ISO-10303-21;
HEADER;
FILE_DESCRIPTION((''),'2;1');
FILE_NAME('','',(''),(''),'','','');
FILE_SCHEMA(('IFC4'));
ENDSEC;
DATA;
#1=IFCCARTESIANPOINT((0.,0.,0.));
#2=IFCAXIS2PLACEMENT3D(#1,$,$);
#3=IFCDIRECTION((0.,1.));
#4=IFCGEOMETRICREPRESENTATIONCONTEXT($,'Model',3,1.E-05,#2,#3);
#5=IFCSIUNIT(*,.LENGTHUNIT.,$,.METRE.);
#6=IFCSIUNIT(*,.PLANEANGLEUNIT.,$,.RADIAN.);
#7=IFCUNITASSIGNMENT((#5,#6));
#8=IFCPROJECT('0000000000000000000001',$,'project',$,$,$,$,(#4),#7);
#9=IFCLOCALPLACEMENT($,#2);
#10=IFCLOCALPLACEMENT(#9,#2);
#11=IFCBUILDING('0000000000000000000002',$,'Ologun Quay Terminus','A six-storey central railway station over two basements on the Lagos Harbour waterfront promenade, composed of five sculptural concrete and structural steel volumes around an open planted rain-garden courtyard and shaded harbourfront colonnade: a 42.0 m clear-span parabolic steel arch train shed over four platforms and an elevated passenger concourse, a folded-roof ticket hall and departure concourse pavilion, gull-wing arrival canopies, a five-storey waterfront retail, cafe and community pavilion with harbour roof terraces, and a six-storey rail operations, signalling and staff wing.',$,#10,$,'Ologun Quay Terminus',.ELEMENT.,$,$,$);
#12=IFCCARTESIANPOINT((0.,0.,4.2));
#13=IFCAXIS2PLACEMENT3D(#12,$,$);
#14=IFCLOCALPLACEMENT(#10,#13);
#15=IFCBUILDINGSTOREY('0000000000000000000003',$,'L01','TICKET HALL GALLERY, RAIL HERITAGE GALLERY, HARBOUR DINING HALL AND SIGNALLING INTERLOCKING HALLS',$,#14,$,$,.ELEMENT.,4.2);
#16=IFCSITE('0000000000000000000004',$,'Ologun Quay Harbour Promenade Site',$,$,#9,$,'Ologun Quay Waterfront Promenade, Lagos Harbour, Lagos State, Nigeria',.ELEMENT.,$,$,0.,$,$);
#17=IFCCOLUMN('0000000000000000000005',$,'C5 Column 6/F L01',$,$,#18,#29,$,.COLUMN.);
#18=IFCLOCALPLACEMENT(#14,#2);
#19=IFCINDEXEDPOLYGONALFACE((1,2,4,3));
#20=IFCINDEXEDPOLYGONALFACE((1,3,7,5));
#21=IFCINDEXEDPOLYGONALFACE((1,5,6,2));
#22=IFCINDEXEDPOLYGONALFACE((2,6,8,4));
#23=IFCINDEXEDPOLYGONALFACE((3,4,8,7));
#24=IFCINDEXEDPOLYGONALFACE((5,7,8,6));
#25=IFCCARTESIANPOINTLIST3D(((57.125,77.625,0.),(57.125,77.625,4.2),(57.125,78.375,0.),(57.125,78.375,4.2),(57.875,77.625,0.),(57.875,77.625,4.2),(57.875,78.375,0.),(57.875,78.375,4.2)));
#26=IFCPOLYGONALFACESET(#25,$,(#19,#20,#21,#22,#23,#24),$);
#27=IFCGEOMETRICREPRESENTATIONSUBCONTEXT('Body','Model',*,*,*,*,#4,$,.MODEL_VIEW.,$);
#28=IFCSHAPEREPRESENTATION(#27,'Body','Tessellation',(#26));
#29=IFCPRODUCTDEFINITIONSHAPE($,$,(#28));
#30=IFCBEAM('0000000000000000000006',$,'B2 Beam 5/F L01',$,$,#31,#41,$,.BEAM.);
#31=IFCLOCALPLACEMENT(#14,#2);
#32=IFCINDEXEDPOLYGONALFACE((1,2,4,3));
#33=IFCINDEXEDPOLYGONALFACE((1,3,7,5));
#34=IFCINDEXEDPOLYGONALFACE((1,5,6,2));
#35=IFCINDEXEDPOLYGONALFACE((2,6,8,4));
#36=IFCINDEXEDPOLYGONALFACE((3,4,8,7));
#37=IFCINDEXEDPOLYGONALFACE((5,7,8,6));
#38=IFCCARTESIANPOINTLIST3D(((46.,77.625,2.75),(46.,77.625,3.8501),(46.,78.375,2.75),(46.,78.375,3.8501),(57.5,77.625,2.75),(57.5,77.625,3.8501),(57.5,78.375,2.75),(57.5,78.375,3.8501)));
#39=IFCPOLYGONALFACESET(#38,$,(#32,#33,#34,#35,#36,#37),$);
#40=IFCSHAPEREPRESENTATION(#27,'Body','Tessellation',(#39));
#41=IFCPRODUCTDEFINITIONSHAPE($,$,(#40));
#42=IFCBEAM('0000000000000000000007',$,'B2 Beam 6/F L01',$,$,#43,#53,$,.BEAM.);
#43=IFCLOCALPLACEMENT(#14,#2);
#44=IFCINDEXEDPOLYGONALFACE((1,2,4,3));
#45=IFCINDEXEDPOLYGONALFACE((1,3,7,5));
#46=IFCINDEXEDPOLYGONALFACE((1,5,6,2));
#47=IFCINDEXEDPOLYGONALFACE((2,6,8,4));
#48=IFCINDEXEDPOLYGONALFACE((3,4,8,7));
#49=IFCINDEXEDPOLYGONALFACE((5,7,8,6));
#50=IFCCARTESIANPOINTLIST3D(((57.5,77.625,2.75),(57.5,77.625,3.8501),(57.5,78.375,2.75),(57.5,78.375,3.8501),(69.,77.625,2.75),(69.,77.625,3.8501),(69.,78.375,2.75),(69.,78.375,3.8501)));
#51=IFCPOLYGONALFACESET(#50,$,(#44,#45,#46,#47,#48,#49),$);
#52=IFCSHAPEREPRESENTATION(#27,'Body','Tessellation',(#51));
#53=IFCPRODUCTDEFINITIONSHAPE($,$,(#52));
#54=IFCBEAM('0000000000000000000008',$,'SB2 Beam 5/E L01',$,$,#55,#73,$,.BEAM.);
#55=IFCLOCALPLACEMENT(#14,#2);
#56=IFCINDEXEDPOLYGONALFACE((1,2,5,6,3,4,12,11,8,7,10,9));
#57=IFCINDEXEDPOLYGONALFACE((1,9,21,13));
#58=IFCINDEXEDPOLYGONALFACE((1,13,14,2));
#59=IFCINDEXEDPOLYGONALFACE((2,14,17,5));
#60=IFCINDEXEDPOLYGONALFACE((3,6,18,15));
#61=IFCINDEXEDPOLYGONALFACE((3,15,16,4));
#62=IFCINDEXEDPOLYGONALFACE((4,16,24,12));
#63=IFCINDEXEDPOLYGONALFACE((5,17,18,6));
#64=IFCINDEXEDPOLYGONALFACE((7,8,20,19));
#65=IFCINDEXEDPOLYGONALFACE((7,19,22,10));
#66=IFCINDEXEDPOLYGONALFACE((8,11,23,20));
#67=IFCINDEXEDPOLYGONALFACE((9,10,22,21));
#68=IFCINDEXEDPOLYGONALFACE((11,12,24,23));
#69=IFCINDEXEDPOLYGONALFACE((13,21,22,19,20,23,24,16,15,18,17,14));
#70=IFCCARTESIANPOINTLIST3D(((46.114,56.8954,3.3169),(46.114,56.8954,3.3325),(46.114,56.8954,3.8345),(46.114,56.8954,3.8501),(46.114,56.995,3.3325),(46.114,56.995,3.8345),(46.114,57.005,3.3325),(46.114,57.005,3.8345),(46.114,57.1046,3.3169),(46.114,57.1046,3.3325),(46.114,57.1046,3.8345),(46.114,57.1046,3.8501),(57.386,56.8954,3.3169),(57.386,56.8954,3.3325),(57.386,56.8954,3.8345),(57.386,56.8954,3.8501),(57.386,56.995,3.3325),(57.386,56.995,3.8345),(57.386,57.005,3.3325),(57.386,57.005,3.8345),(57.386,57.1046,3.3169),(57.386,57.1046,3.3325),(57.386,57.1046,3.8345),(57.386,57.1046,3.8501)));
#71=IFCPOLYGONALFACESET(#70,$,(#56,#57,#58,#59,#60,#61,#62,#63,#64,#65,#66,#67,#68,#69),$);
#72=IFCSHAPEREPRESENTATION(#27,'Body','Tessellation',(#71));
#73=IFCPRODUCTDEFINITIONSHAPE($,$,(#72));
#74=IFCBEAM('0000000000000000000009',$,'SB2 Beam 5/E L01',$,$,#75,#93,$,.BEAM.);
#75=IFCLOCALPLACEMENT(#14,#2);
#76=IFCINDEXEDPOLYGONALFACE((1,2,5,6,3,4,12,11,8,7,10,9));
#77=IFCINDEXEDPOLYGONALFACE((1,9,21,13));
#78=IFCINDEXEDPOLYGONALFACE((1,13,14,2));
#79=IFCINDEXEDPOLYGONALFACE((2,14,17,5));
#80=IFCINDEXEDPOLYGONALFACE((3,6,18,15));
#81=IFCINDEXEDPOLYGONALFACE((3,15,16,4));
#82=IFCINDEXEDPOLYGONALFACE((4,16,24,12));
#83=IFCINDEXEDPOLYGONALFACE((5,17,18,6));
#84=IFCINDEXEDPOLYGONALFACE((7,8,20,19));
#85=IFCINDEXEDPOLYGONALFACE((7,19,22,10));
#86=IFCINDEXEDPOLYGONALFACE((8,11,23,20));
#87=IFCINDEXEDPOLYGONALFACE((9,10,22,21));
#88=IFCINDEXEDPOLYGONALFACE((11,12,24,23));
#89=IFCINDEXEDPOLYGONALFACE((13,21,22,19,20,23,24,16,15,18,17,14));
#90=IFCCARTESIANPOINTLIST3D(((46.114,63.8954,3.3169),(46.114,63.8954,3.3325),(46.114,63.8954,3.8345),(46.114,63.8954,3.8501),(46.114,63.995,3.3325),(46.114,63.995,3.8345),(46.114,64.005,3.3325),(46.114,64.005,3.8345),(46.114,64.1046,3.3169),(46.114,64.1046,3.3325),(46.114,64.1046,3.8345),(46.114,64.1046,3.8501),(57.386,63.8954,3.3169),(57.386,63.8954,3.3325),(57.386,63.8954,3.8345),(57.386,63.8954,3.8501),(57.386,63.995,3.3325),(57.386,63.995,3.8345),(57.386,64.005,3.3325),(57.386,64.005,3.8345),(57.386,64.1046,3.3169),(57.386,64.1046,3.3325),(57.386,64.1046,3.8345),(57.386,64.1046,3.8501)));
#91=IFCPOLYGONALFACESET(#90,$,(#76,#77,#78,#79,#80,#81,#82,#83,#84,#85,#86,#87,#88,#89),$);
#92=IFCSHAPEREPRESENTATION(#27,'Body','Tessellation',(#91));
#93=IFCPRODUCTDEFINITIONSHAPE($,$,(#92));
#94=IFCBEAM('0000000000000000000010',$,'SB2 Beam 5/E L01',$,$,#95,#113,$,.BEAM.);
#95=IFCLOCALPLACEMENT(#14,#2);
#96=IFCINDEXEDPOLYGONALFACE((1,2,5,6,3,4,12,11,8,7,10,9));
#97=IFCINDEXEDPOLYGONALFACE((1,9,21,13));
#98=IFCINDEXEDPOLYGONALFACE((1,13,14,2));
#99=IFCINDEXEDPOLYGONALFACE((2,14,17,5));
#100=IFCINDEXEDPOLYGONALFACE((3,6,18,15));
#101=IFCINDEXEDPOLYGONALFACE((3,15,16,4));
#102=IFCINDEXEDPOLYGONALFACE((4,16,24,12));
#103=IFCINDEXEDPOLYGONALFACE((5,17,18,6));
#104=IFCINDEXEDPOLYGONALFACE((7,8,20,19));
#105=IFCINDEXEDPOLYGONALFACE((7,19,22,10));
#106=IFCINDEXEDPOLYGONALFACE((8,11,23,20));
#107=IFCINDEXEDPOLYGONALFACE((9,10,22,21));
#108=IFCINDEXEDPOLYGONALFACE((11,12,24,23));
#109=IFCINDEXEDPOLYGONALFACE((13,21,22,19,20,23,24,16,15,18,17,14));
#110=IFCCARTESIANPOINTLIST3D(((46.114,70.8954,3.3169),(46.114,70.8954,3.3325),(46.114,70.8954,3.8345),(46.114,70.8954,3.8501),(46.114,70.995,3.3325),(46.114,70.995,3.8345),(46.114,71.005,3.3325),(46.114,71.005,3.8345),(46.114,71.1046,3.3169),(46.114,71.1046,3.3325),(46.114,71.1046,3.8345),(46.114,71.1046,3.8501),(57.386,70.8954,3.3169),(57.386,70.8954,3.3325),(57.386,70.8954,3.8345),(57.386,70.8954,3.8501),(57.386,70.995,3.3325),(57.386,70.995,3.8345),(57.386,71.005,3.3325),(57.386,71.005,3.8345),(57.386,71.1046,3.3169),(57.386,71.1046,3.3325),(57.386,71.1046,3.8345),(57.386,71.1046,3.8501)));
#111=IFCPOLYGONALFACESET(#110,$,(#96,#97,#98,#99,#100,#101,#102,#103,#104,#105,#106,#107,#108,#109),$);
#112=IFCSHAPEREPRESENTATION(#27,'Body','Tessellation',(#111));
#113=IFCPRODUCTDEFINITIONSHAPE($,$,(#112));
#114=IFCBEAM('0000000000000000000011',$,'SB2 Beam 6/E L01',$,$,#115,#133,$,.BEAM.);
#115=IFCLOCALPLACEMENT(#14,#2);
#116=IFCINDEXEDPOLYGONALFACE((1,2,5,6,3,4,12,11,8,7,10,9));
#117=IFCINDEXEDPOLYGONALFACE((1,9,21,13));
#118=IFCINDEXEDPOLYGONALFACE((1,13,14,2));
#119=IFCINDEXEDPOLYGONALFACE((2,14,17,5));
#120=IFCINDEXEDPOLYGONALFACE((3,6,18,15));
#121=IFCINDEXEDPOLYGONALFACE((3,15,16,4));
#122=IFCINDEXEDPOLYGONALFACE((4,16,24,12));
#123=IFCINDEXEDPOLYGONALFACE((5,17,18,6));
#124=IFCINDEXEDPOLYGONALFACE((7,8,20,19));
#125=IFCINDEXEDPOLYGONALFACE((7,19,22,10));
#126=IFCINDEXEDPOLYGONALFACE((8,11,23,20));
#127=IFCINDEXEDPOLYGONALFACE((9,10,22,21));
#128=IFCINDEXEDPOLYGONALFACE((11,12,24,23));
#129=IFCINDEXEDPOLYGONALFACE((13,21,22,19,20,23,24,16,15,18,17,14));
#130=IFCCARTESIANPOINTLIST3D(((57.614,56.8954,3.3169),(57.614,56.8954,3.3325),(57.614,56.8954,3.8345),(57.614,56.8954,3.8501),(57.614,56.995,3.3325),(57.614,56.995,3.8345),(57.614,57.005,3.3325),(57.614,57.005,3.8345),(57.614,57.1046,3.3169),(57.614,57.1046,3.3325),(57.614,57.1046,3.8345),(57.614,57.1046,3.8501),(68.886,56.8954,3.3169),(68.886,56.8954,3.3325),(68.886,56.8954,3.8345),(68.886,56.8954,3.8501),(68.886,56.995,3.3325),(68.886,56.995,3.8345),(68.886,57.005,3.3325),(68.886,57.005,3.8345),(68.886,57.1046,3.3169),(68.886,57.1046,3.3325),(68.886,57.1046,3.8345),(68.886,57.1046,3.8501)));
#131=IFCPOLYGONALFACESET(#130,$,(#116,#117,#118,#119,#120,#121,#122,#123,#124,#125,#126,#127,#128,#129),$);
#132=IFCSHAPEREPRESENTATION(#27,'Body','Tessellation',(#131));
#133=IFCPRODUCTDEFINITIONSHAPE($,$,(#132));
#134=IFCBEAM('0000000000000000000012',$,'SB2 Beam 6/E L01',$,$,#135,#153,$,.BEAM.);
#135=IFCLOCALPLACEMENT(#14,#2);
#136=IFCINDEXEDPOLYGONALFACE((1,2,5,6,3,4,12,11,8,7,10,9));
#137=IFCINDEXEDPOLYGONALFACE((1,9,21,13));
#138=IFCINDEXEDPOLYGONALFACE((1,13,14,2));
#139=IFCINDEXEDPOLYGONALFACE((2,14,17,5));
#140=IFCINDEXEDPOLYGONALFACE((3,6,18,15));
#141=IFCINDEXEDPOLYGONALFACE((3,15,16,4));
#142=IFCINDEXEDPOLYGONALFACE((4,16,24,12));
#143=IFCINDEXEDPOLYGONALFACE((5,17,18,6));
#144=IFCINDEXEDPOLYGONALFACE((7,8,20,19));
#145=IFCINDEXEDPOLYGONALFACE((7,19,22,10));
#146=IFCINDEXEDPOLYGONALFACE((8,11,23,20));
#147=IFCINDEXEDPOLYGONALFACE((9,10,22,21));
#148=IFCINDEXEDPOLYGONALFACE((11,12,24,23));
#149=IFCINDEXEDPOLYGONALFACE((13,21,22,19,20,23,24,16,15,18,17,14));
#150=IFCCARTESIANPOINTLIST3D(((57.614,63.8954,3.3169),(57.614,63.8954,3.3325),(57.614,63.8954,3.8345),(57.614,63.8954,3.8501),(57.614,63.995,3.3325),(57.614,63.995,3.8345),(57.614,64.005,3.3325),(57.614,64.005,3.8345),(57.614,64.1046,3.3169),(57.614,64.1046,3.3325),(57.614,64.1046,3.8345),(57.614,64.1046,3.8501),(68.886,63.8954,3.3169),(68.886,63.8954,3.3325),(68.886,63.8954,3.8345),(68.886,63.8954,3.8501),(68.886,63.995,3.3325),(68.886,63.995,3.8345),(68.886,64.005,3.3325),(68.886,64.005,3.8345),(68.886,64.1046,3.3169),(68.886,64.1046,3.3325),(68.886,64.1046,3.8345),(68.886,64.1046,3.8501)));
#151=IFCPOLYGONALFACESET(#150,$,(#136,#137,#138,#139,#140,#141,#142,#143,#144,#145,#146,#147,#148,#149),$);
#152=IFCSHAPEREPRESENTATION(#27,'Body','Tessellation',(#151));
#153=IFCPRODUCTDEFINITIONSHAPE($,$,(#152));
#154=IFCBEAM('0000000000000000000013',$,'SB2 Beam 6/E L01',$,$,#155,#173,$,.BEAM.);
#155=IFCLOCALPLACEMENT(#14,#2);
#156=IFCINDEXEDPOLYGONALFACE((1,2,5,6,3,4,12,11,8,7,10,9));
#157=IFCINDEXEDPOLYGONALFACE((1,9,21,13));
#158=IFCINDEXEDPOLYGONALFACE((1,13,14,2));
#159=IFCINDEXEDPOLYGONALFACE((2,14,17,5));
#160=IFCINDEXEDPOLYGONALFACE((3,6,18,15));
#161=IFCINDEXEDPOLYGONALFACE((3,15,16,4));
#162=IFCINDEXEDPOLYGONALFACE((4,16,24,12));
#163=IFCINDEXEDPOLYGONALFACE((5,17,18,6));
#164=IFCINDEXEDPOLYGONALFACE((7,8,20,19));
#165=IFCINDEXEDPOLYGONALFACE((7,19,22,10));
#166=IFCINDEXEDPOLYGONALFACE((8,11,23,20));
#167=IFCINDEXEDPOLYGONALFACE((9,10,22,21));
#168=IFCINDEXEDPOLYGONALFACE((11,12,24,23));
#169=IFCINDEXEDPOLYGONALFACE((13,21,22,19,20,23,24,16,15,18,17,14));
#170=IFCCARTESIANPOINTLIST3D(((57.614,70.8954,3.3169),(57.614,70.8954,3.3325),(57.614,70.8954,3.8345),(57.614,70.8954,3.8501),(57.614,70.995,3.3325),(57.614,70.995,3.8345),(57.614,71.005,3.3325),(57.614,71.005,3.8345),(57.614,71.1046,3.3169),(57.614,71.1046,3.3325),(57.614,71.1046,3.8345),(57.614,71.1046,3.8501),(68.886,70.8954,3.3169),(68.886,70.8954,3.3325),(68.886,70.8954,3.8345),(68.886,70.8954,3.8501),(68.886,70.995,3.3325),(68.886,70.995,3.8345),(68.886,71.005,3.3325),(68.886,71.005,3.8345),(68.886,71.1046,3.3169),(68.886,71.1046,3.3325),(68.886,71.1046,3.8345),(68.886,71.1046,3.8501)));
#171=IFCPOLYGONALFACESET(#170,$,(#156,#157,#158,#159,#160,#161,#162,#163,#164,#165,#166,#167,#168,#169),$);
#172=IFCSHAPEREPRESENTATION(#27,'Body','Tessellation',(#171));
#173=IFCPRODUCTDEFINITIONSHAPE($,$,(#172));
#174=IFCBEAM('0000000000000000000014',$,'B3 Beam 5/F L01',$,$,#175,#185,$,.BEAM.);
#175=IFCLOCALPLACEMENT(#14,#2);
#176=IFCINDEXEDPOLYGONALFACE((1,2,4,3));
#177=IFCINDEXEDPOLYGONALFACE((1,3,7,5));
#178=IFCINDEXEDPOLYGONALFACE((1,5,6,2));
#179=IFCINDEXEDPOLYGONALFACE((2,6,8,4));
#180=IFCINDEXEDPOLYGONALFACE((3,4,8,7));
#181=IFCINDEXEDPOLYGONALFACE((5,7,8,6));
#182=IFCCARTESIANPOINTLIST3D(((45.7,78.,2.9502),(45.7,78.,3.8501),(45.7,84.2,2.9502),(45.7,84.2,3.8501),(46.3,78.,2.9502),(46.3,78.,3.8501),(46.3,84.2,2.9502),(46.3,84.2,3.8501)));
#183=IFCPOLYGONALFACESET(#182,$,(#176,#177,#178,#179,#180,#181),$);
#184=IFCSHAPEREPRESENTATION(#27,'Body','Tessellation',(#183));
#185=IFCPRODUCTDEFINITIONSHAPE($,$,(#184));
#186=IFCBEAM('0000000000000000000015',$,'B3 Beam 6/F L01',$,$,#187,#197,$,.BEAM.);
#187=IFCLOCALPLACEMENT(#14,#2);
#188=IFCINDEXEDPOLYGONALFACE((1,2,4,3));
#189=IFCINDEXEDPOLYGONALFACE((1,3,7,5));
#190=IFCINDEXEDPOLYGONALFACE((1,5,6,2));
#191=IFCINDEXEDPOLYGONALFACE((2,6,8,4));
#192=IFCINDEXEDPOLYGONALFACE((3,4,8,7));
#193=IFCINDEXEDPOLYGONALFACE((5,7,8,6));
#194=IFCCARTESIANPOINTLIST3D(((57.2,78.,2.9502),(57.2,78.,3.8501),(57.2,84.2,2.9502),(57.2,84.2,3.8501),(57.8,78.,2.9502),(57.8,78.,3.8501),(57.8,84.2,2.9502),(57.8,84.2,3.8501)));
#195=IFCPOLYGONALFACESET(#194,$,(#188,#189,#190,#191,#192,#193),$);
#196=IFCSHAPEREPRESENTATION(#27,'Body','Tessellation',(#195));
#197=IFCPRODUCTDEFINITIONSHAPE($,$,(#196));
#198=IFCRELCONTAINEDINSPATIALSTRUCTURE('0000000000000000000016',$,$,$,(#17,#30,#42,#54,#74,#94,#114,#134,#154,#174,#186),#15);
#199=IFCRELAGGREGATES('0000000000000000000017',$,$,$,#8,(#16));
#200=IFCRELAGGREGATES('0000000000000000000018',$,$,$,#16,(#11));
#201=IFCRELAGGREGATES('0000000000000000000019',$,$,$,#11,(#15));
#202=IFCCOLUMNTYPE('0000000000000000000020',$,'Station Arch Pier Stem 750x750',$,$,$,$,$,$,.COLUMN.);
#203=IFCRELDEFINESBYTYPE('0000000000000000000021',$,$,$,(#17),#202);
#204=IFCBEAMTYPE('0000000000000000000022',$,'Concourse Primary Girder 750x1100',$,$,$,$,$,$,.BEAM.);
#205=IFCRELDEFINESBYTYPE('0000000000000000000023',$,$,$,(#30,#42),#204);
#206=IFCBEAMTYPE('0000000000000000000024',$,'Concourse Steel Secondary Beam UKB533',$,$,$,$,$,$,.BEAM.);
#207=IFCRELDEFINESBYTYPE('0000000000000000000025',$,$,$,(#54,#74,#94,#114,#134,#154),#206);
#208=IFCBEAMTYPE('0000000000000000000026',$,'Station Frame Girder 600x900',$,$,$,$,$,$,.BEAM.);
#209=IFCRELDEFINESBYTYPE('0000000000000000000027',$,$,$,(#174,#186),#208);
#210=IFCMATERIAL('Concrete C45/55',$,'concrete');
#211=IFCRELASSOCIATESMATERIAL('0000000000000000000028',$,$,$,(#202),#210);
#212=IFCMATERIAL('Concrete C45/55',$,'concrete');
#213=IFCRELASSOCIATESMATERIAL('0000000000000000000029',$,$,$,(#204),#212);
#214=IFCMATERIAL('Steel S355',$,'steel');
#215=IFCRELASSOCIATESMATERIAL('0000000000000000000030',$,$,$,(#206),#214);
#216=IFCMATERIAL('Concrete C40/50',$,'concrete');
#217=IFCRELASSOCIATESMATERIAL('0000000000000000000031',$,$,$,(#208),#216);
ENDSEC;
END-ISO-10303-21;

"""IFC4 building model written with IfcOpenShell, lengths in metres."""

from ifc_helpers import new_model, si_unit, direction, frame, origin, origin_2d, place, context, subcontext, project, spatial, rectangle, i_section, extrude, material, material_profile, profile_set, type_object, element, save


model = new_model("IFC4")

# Units and contexts
model_context = context("Model", 3, precision=1e-05, world=origin(), true_north=direction((0.0, 1.0)))
body_context = subcontext(model_context, "Body", "Model", "MODEL_VIEW")
ifc_project = project(units=[si_unit("LENGTHUNIT", "METRE"), si_unit("PLANEANGLEUNIT", "RADIAN")], contexts=[model_context])

# Site, building, storey
site_placement = place(None, origin())
site = spatial("IfcSite", under=ifc_project, at=site_placement, Name="Ologun Quay Harbour Promenade Site", LongName="Ologun Quay Waterfront Promenade, Lagos Harbour, Lagos State, Nigeria", CompositionType="ELEMENT", RefElevation=0.0)
building_placement = place(site_placement, origin())
building = spatial("IfcBuilding", under=site, at=building_placement, Name="Ologun Quay Terminus", Description="A six-storey central railway station over two basements on the Lagos Harbour waterfront promenade, composed of five sculptural concrete and structural steel volumes around an open planted rain-garden courtyard and shaded harbourfront colonnade: a 42.0 m clear-span parabolic steel arch train shed over four platforms and an elevated passenger concourse, a folded-roof ticket hall and departure concourse pavilion, gull-wing arrival canopies, a five-storey waterfront retail, cafe and community pavilion with harbour roof terraces, and a six-storey rail operations, signalling and staff wing.", LongName="Ologun Quay Terminus", CompositionType="ELEMENT")
storey_placement = place(building_placement, frame((0.0, 0.0, 4.2)))
storey = spatial("IfcBuildingStorey", under=building, at=storey_placement, Name="L01", Description="TICKET HALL GALLERY, RAIL HERITAGE GALLERY, HARBOUR DINING HALL AND SIGNALLING INTERLOCKING HALLS", CompositionType="ELEMENT", Elevation=4.2)

# Column
ifc_material_1 = material(Name="Concrete C45/55", Category="concrete")
ifc_material_profile_1 = material_profile(ifc_material_1, rectangle(XDim=0.75, YDim=0.75, at=origin_2d()), Name="RC 750x750")
ifc_profile_set_1 = profile_set([ifc_material_profile_1], Name="Concrete C45/55")
column_type = type_object("IfcColumnType", Name="Station Arch Pier Stem 750x750", PredefinedType="COLUMN", material=ifc_profile_set_1)
column_placement = place(storey_placement, frame((57.5, 78.0, 0.0), z_axis=(0.0, 0.0, 1.0), x_axis=(1.0, 0.0, 0.0)))
element("IfcColumn", 1, at=column_placement, inside=storey, type_object=column_type, Name="C5 Column 6/F L01", PredefinedType="COLUMN", context=body_context, shape_type="SweptSolid", body=[
    extrude(rectangle(XDim=0.75, YDim=0.75, at=origin_2d()), origin(), (0.0, 0.0, 1.0), 4.2),
])

# Beams
ifc_material_2 = material(Name="Concrete C45/55", Category="concrete")
ifc_material_profile_2 = material_profile(ifc_material_2, rectangle(XDim=0.75, YDim=1.1001, at=origin_2d()), Name="RC 750x1100")
ifc_profile_set_2 = profile_set([ifc_material_profile_2], Name="Concrete C45/55")
beam_type_1 = type_object("IfcBeamType", Name="Concourse Primary Girder 750x1100", PredefinedType="BEAM", material=ifc_profile_set_2)
for number, where, z_axis, x_axis, name in (
    (2, (46.0, 78.0, 3.3), (1.0, 0.0, 0.0), (0.0, 1.0, 0.0), "B2 Beam 5/F L01"),
    (3, (57.5, 78.0, 3.3), (1.0, 0.0, 0.0), (0.0, 1.0, 0.0), "B2 Beam 6/F L01"),
):
    element("IfcBeam", number, at=place(storey_placement, frame(where, z_axis=z_axis, x_axis=x_axis)), inside=storey, type_object=beam_type_1, Name=name, PredefinedType="BEAM", context=body_context, shape_type="SweptSolid", body=[
        extrude(rectangle(XDim=0.75, YDim=1.1001, at=origin_2d()), origin(), (0.0, 0.0, 1.0), 11.5),
    ])
ifc_material_3 = material(Name="Steel S355", Category="steel")
ifc_material_profile_3 = material_profile(ifc_material_3, i_section(OverallWidth=0.2092, OverallDepth=0.5332, WebThickness=0.01, FlangeThickness=0.0156, at=origin_2d()), Name="UKB 533x210x92")
ifc_profile_set_3 = profile_set([ifc_material_profile_3], Name="Steel S355")
beam_type_2 = type_object("IfcBeamType", Name="Concourse Steel Secondary Beam UKB533", PredefinedType="BEAM", material=ifc_profile_set_3)
for number, where, z_axis, x_axis, name in (
    (4, (46.114, 57.0, 3.5835), (1.0, 0.0, 0.0), (0.0, 1.0, 0.0), "SB2 Beam 5/E L01"),
    (5, (46.114, 64.0, 3.5835), (1.0, 0.0, 0.0), (0.0, 1.0, 0.0), "SB2 Beam 5/E L01"),
    (6, (46.114, 71.0, 3.5835), (1.0, 0.0, 0.0), (0.0, 1.0, 0.0), "SB2 Beam 5/E L01"),
    (7, (57.614, 57.0, 3.5835), (1.0, 0.0, 0.0), (0.0, 1.0, 0.0), "SB2 Beam 6/E L01"),
    (8, (57.614, 64.0, 3.5835), (1.0, 0.0, 0.0), (0.0, 1.0, 0.0), "SB2 Beam 6/E L01"),
    (9, (57.614, 71.0, 3.5835), (1.0, 0.0, 0.0), (0.0, 1.0, 0.0), "SB2 Beam 6/E L01"),
):
    element("IfcBeam", number, at=place(storey_placement, frame(where, z_axis=z_axis, x_axis=x_axis)), inside=storey, type_object=beam_type_2, Name=name, PredefinedType="BEAM", context=body_context, shape_type="SweptSolid", body=[
        extrude(i_section(OverallWidth=0.2092, OverallDepth=0.5332, WebThickness=0.01, FlangeThickness=0.0156, at=origin_2d()), origin(), (0.0, 0.0, 1.0), 11.272),
    ])
ifc_material_4 = material(Name="Concrete C40/50", Category="concrete")
ifc_material_profile_4 = material_profile(ifc_material_4, rectangle(XDim=0.6001, YDim=0.8999, at=origin_2d()), Name="RC 600x900")
ifc_profile_set_4 = profile_set([ifc_material_profile_4], Name="Concrete C40/50")
beam_type_3 = type_object("IfcBeamType", Name="Station Frame Girder 600x900", PredefinedType="BEAM", material=ifc_profile_set_4)
for number, where, z_axis, x_axis, name in (
    (10, (46.0, 78.0, 3.4001), (0.0, 1.0, 0.0), (-1.0, 0.0, 0.0), "B3 Beam 5/F L01"),
    (11, (57.5, 78.0, 3.4001), (0.0, 1.0, 0.0), (-1.0, 0.0, 0.0), "B3 Beam 6/F L01"),
):
    element("IfcBeam", number, at=place(storey_placement, frame(where, z_axis=z_axis, x_axis=x_axis)), inside=storey, type_object=beam_type_3, Name=name, PredefinedType="BEAM", context=body_context, shape_type="SweptSolid", body=[
        extrude(rectangle(XDim=0.6001, YDim=0.8999, at=origin_2d()), origin(), (0.0, 0.0, 1.0), 6.2),
    ])

save(model, "model.ifc")
